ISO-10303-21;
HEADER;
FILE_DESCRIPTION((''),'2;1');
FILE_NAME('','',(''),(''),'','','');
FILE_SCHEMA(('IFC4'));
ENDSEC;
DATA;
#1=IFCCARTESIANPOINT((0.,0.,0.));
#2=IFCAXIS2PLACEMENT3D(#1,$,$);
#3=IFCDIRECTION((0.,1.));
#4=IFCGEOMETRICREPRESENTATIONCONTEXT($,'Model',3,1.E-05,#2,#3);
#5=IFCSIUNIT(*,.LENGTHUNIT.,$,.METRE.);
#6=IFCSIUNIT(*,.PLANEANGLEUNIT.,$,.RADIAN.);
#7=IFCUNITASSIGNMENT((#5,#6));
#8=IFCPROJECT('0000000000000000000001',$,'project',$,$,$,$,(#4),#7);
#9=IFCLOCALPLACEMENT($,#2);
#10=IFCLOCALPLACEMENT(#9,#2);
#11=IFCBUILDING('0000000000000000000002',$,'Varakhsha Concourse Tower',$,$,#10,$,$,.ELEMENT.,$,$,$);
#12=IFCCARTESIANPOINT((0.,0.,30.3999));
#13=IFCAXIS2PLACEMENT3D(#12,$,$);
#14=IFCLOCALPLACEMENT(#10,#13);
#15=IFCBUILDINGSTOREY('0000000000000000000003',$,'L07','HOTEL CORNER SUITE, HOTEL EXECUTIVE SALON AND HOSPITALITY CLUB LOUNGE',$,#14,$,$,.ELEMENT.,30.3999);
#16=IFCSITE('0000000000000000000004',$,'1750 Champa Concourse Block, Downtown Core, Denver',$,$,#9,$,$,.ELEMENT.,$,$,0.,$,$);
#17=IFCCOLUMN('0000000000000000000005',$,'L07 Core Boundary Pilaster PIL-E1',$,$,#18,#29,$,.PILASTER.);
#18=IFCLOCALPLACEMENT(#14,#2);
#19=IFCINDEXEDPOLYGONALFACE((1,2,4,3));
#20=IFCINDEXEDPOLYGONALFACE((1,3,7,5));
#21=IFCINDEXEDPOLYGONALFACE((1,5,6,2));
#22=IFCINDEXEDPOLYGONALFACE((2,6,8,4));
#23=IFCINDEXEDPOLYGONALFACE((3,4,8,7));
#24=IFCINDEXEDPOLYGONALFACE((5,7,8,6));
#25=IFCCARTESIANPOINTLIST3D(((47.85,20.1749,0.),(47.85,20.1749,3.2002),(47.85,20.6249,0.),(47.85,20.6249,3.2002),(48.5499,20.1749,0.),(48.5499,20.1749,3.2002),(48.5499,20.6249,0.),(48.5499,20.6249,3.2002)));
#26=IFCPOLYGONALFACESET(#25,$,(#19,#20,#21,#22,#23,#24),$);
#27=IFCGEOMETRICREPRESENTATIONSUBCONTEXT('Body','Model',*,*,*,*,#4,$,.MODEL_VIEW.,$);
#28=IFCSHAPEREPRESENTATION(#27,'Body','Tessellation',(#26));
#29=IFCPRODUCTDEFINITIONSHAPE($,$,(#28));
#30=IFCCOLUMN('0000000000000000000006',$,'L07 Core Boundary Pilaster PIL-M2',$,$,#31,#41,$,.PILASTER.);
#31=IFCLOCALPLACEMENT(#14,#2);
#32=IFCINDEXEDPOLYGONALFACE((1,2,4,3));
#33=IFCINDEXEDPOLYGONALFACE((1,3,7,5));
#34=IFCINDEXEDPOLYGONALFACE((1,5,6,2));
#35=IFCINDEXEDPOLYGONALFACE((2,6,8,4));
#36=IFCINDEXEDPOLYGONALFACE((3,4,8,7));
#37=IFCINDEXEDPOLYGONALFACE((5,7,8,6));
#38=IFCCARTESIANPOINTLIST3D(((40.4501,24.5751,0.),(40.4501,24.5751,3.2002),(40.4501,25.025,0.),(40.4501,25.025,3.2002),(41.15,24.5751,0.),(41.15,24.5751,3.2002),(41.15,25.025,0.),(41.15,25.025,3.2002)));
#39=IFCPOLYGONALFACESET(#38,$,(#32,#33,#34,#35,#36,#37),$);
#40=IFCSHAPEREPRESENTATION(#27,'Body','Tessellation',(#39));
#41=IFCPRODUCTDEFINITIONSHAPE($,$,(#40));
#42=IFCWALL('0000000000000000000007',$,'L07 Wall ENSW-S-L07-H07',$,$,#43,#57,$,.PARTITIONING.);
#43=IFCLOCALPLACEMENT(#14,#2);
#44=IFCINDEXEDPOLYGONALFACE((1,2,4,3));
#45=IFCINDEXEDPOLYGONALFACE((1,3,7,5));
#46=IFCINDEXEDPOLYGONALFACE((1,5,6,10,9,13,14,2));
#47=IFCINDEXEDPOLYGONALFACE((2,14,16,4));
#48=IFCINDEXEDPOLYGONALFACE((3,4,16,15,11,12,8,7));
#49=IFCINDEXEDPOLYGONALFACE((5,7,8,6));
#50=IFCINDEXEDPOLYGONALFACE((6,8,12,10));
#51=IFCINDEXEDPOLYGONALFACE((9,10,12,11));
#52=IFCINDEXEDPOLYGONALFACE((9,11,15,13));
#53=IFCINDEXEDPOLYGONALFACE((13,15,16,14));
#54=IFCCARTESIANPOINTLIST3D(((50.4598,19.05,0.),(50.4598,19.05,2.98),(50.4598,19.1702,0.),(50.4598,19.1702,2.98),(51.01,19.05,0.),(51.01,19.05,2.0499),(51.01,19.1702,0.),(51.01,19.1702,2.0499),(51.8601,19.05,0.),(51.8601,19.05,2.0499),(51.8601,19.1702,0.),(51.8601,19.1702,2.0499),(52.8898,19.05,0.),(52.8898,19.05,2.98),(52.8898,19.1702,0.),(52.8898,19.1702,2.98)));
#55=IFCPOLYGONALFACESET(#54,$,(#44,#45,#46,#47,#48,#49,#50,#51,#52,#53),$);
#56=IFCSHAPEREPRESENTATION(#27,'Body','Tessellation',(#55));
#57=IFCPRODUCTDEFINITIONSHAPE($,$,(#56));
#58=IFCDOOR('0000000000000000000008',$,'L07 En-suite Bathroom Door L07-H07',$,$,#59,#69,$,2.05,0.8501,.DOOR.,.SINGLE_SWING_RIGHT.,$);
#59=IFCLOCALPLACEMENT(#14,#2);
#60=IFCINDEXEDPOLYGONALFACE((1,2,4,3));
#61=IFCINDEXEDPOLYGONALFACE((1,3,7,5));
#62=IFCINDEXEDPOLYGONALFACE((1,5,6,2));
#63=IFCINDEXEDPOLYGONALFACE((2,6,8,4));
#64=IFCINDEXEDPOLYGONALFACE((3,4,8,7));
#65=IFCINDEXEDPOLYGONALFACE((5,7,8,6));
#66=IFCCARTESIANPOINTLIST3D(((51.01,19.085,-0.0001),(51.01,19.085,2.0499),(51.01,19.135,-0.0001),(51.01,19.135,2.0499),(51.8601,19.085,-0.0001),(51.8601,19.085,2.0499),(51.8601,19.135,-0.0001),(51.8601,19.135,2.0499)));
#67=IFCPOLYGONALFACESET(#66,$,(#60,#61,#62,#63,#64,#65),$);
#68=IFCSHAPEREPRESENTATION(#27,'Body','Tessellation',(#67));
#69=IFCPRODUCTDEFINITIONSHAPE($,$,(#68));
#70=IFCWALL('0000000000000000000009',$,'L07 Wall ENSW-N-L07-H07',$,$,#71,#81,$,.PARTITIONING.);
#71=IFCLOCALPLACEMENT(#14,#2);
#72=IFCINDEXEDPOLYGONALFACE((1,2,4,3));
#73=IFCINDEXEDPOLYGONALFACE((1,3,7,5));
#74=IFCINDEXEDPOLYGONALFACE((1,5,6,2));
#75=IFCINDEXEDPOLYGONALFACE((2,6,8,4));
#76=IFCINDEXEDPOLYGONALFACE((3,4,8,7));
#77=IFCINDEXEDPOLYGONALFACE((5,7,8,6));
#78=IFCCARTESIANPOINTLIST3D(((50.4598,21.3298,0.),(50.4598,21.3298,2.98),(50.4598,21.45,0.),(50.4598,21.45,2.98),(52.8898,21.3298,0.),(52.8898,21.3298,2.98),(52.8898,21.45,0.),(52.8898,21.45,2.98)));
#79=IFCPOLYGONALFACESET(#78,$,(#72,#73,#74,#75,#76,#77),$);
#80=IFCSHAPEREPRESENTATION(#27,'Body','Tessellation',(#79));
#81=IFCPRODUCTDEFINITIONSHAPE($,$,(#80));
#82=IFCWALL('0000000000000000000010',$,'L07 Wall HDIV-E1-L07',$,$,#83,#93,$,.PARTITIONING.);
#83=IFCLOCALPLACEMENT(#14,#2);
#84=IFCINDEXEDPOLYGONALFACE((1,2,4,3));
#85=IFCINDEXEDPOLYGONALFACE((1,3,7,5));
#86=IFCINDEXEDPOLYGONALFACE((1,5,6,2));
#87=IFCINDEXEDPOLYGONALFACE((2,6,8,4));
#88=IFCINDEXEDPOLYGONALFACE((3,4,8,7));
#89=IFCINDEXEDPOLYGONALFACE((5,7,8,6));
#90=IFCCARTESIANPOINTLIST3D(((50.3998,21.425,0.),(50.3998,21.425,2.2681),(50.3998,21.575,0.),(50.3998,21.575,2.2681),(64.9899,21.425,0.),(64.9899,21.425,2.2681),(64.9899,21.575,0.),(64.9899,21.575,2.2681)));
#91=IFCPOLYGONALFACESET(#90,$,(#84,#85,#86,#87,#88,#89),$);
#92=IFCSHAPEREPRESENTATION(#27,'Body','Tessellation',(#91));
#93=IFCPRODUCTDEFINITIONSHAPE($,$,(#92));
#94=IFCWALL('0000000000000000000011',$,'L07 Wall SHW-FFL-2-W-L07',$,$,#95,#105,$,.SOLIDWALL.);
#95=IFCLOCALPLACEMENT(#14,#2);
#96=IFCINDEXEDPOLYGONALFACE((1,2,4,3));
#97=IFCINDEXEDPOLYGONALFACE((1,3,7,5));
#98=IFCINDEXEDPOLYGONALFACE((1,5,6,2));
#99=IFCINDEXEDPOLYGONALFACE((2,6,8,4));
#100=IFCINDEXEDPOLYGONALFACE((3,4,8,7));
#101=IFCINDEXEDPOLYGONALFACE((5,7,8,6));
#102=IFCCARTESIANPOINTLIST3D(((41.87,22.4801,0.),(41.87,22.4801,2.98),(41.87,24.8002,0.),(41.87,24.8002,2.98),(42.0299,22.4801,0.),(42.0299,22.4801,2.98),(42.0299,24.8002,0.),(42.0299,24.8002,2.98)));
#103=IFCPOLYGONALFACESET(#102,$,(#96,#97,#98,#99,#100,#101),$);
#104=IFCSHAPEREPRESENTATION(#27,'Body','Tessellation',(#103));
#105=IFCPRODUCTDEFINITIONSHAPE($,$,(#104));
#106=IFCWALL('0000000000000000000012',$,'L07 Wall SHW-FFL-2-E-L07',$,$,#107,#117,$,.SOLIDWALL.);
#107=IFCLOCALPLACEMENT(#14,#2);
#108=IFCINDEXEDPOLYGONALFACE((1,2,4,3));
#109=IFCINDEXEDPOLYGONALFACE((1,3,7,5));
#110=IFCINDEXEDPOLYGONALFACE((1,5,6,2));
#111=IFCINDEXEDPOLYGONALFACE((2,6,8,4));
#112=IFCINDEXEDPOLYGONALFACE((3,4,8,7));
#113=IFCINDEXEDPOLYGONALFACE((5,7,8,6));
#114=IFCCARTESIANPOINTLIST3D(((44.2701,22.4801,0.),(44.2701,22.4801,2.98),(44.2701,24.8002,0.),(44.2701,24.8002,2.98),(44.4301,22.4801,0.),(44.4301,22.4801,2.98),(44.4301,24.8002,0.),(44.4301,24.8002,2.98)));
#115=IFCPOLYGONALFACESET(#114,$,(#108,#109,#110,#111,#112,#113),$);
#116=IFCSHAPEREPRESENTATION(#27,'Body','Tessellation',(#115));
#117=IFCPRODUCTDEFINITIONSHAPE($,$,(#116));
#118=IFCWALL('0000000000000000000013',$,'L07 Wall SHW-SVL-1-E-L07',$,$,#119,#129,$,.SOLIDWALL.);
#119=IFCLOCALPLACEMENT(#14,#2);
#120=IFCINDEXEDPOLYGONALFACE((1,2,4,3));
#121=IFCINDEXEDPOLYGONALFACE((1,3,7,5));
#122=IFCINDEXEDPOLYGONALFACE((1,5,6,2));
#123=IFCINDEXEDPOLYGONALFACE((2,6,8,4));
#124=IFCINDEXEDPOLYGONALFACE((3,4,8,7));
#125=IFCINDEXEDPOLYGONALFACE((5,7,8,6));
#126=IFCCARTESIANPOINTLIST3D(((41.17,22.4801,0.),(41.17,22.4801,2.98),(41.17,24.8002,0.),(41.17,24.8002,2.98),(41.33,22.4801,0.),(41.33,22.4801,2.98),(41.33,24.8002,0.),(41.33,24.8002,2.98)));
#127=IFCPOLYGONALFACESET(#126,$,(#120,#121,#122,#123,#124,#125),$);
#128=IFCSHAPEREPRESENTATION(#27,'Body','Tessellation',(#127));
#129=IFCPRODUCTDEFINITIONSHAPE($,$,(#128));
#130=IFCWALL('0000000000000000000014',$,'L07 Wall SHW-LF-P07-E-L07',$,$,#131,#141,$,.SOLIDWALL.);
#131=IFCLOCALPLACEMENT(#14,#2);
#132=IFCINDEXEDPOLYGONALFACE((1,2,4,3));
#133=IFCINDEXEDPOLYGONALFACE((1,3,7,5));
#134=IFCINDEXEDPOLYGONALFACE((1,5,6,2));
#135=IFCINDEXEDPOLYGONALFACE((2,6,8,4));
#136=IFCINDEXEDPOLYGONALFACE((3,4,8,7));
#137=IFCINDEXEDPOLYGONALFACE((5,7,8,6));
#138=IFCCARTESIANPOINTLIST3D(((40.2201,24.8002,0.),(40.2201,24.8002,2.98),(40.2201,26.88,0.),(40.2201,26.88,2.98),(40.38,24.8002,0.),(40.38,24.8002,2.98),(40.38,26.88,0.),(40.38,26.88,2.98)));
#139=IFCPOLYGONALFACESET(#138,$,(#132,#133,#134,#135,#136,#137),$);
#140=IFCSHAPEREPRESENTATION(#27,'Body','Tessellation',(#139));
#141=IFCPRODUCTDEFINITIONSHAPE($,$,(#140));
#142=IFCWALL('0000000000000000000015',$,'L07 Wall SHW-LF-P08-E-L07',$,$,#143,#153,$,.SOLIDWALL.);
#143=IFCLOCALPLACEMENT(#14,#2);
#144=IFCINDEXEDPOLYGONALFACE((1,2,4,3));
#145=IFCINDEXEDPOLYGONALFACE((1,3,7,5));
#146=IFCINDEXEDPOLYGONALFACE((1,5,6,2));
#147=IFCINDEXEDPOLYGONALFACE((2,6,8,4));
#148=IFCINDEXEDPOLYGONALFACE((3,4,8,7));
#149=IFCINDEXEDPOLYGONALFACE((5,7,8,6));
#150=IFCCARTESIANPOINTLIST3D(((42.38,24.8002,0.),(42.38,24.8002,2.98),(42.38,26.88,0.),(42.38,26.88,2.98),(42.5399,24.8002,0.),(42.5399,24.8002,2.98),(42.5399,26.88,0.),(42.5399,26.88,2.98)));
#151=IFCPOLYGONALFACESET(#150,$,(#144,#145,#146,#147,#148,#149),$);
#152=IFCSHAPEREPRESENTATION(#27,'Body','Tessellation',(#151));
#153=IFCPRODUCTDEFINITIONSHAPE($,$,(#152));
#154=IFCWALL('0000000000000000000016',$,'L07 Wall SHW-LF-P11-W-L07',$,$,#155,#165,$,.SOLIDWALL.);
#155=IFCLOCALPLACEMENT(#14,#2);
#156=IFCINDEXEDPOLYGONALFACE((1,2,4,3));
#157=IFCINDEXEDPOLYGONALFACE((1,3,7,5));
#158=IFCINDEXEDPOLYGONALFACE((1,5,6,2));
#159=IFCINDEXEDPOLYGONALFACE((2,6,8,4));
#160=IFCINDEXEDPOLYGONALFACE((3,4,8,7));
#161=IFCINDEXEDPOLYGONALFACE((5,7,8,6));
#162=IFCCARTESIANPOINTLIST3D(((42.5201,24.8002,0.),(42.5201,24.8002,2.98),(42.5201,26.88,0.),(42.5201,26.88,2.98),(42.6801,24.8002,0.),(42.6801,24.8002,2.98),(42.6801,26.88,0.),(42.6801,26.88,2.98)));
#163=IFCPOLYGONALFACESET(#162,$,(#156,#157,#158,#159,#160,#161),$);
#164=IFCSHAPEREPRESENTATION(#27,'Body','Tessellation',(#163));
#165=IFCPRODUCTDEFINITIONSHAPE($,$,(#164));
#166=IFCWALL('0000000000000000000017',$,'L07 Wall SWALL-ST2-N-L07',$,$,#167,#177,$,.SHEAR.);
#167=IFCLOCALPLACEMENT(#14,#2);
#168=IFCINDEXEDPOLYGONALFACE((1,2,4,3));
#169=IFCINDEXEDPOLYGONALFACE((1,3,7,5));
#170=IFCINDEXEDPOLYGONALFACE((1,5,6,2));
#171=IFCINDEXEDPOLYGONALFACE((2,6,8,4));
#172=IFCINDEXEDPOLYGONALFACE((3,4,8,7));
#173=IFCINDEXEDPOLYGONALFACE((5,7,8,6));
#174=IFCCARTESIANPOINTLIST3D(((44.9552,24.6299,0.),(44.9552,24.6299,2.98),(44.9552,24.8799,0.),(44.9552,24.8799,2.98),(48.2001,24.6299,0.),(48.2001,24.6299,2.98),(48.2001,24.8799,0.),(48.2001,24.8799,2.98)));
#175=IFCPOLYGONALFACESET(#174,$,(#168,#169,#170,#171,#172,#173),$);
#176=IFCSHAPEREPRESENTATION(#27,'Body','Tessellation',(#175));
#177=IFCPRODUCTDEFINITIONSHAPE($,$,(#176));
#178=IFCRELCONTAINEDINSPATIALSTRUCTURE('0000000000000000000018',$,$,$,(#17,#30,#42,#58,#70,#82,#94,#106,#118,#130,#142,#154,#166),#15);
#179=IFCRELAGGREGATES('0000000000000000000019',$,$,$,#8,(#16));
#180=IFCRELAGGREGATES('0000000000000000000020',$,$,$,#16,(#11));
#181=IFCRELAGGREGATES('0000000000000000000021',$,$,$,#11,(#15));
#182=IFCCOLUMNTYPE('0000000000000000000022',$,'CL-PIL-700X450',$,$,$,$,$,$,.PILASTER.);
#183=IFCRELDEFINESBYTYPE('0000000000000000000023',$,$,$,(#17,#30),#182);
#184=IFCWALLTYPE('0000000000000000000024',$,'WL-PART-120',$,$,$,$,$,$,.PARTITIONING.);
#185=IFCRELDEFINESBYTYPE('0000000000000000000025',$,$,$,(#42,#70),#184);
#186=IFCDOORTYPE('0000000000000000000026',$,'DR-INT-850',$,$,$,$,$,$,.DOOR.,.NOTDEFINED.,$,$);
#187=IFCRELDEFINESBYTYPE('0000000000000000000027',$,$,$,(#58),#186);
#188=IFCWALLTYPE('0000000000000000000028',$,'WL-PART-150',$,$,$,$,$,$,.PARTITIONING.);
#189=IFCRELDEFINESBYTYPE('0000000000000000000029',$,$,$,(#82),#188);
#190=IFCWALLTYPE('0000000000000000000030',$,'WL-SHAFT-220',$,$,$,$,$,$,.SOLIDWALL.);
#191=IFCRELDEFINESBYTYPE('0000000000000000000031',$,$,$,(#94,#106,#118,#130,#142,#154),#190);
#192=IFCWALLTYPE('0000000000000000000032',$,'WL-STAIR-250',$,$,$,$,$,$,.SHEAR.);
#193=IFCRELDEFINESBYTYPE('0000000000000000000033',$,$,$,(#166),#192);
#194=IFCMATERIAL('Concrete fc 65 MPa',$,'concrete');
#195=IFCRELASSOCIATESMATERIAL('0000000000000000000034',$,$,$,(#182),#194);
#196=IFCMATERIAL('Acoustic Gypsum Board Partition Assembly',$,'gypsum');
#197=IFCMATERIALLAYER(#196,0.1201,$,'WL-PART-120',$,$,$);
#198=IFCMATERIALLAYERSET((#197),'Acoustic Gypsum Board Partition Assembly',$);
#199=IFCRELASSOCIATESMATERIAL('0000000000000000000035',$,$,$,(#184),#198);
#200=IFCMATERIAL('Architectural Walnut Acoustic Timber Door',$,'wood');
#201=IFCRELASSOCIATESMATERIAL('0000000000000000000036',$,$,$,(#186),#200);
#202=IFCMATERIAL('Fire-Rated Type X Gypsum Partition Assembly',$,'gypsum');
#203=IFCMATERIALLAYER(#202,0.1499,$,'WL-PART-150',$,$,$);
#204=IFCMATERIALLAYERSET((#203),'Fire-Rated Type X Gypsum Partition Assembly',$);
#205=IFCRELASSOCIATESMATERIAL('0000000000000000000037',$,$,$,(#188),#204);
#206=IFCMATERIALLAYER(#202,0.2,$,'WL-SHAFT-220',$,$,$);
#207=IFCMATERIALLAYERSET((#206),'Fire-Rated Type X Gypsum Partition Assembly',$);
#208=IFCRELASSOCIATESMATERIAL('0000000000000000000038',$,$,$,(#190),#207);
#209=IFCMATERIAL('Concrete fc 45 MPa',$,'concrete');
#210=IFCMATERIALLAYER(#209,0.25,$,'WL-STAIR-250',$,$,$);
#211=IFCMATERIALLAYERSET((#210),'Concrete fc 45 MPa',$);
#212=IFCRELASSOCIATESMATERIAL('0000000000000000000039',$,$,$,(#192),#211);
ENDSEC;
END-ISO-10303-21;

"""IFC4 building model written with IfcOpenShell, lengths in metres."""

from ifc_helpers import new_model, si_unit, direction, frame, frame_2d, origin, origin_2d, place, context, subcontext, project, spatial, rectangle, extrude, material, layer, layer_set, material_profile, profile_set, type_object, element, fill, save


model = new_model("IFC4")

# Units and contexts
model_context = context("Model", 3, precision=1e-05, world=origin(), true_north=direction((0.0, 1.0)))
body_context = subcontext(model_context, "Body", "Model", "MODEL_VIEW")
ifc_project = project(units=[si_unit("LENGTHUNIT", "METRE"), si_unit("PLANEANGLEUNIT", "RADIAN")], contexts=[model_context])

# Site, building, storey
site_placement = place(None, origin())
site = spatial("IfcSite", under=ifc_project, at=site_placement, Name="1750 Champa Concourse Block, Downtown Core, Denver", CompositionType="ELEMENT", RefElevation=0.0)
building_placement = place(site_placement, origin())
building = spatial("IfcBuilding", under=site, at=building_placement, Name="Varakhsha Concourse Tower", CompositionType="ELEMENT")
storey_placement = place(building_placement, frame((0.0, 0.0, 30.3999)))
storey = spatial("IfcBuildingStorey", under=building, at=storey_placement, Name="L07", Description="HOTEL CORNER SUITE, HOTEL EXECUTIVE SALON AND HOSPITALITY CLUB LOUNGE", CompositionType="ELEMENT", Elevation=30.3999)

# Columns
ifc_material_1 = material(Name="Concrete fc 65 MPa", Category="concrete")
ifc_material_profile = material_profile(ifc_material_1, rectangle(XDim=0.7, YDim=0.45, at=origin_2d()), Name="RC 700x450")
ifc_profile_set = profile_set([ifc_material_profile], Name="Concrete fc 65 MPa")
column_type = type_object("IfcColumnType", Name="CL-PIL-700X450", PredefinedType="PILASTER", material=ifc_profile_set)
for number, where, z_axis, x_axis, name in (
    (1, (48.2, 20.3999, 0.0), (0.0, 0.0, 1.0), (1.0, 0.0, 0.0), "L07 Core Boundary Pilaster PIL-E1"),
    (2, (40.8, 24.8, 0.0), (0.0, 0.0, 1.0), (1.0, 0.0, 0.0), "L07 Core Boundary Pilaster PIL-M2"),
):
    element("IfcColumn", number, at=place(storey_placement, frame(where, z_axis=z_axis, x_axis=x_axis)), inside=storey, type_object=column_type, Name=name, PredefinedType="PILASTER", context=body_context, shape_type="SweptSolid", body=[
        extrude(rectangle(XDim=0.7, YDim=0.45, at=origin_2d()), origin(), (0.0, 0.0, 1.0), 3.2002),
    ])

# Wall, opening, door
ifc_material_2 = material(Name="Acoustic Gypsum Board Partition Assembly", Category="gypsum")
ifc_layer_1 = layer(ifc_material_2, 0.1201, Name="WL-PART-120")
ifc_layer_set_1 = layer_set([ifc_layer_1], Name="Acoustic Gypsum Board Partition Assembly")
wall_type_1 = type_object("IfcWallType", Name="WL-PART-120", PredefinedType="PARTITIONING", material=ifc_layer_set_1)
wall_1_placement = place(storey_placement, frame((50.46, 19.1101, 0.0), z_axis=(0.0, 0.0, 1.0), x_axis=(1.0, 0.0, 0.0)))
wall_1 = element("IfcWall", 3, at=wall_1_placement, inside=storey, type_object=wall_type_1, Name="L07 Wall ENSW-S-L07-H07", PredefinedType="PARTITIONING", context=body_context, shape_type="SweptSolid", body=[
    extrude(rectangle(XDim=2.4299, YDim=0.1201, at=frame_2d((1.2148, 0.0))), origin(), (0.0, 0.0, 1.0), 2.98),
])
opening_placement = place(wall_1_placement, frame((0.55, 0.0, 0.0)))
opening = element("IfcOpeningElement", 4, at=opening_placement, cuts=wall_1, PredefinedType="OPENING", context=body_context, shape_type="SweptSolid", body=[
    extrude(rectangle(XDim=0.8501, YDim=2.05, at=frame_2d((0.425, 1.0249))), frame((0.0, 0.0701, 0.0), z_axis=(0.0, -1.0, 0.0), x_axis=(1.0, 0.0, 0.0)), (0.0, 0.0, 1.0), 0.1401),
])
ifc_material_3 = material(Name="Architectural Walnut Acoustic Timber Door", Category="wood")
door_type = type_object("IfcDoorType", Name="DR-INT-850", OperationType="NOTDEFINED", PredefinedType="DOOR", material=ifc_material_3)
door_placement = place(opening_placement, origin())
door = element("IfcDoor", 5, at=door_placement, inside=storey, type_object=door_type, Name="L07 En-suite Bathroom Door L07-H07", OperationType="SINGLE_SWING_RIGHT", OverallHeight=2.05, OverallWidth=0.8501, PredefinedType="DOOR", context=body_context, shape_type="SweptSolid", body=[
    extrude(rectangle(XDim=0.8501, YDim=2.05, at=frame_2d((0.425, 1.0249))), frame((0.0, 0.0249, 0.0), z_axis=(0.0, -1.0, 0.0), x_axis=(1.0, 0.0, 0.0)), (0.0, 0.0, 1.0), 0.05),
])
fill(opening, door)

# Walls
wall_2_placement = place(storey_placement, frame((50.46, 21.3899, 0.0), z_axis=(0.0, 0.0, 1.0), x_axis=(1.0, 0.0, 0.0)))
element("IfcWall", 6, at=wall_2_placement, inside=storey, type_object=wall_type_1, Name="L07 Wall ENSW-N-L07-H07", PredefinedType="PARTITIONING", context=body_context, shape_type="SweptSolid", body=[
    extrude(rectangle(XDim=2.4299, YDim=0.1201, at=frame_2d((1.2148, 0.0))), origin(), (0.0, 0.0, 1.0), 2.98),
])
ifc_material_4 = material(Name="Fire-Rated Type X Gypsum Partition Assembly", Category="gypsum")
ifc_layer_2 = layer(ifc_material_4, 0.1499, Name="WL-PART-150")
ifc_layer_set_2 = layer_set([ifc_layer_2], Name="Fire-Rated Type X Gypsum Partition Assembly")
wall_type_2 = type_object("IfcWallType", Name="WL-PART-150", PredefinedType="PARTITIONING", material=ifc_layer_set_2)
wall_3_placement = place(storey_placement, frame((50.3999, 21.5, 0.0), z_axis=(0.0, 0.0, 1.0), x_axis=(1.0, 0.0, 0.0)))
element("IfcWall", 7, at=wall_3_placement, inside=storey, type_object=wall_type_2, Name="L07 Wall HDIV-E1-L07", PredefinedType="PARTITIONING", context=body_context, shape_type="SweptSolid", body=[
    extrude(rectangle(XDim=14.5901, YDim=0.1499, at=frame_2d((7.2949, 0.0))), origin(), (0.0, 0.0, 1.0), 2.2681),
])
ifc_layer_3 = layer(ifc_material_4, 0.2, Name="WL-SHAFT-220")
ifc_layer_set_3 = layer_set([ifc_layer_3], Name="Fire-Rated Type X Gypsum Partition Assembly")
wall_type_3 = type_object("IfcWallType", Name="WL-SHAFT-220", PredefinedType="SOLIDWALL", material=ifc_layer_set_3)
for number, where, z_axis, x_axis, name in (
    (8, (41.95, 22.48, 0.0), (0.0, 0.0, 1.0), (0.0, 1.0, 0.0), "L07 Wall SHW-FFL-2-W-L07"),
    (9, (44.3501, 22.48, 0.0), (0.0, 0.0, 1.0), (0.0, 1.0, 0.0), "L07 Wall SHW-FFL-2-E-L07"),
    (10, (41.25, 22.48, 0.0), (0.0, 0.0, 1.0), (0.0, 1.0, 0.0), "L07 Wall SHW-SVL-1-E-L07"),
):
    element("IfcWall", number, at=place(storey_placement, frame(where, z_axis=z_axis, x_axis=x_axis)), inside=storey, type_object=wall_type_3, Name=name, PredefinedType="SOLIDWALL", context=body_context, shape_type="SweptSolid", body=[
        extrude(rectangle(XDim=2.3201, YDim=0.1599, at=frame_2d((1.1602, 0.0))), origin(), (0.0, 0.0, 1.0), 2.98),
    ])
for number, where, z_axis, x_axis, name in (
    (11, (40.3, 24.8, 0.0), (0.0, 0.0, 1.0), (0.0, 1.0, 0.0), "L07 Wall SHW-LF-P07-E-L07"),
    (12, (42.46, 24.8, 0.0), (0.0, 0.0, 1.0), (0.0, 1.0, 0.0), "L07 Wall SHW-LF-P08-E-L07"),
    (13, (42.6001, 24.8, 0.0), (0.0, 0.0, 1.0), (0.0, 1.0, 0.0), "L07 Wall SHW-LF-P11-W-L07"),
):
    element("IfcWall", number, at=place(storey_placement, frame(where, z_axis=z_axis, x_axis=x_axis)), inside=storey, type_object=wall_type_3, Name=name, PredefinedType="SOLIDWALL", context=body_context, shape_type="SweptSolid", body=[
        extrude(rectangle(XDim=2.0798, YDim=0.1599, at=frame_2d((1.04, 0.0))), origin(), (0.0, 0.0, 1.0), 2.98),
    ])
ifc_material_5 = material(Name="Concrete fc 45 MPa", Category="concrete")
ifc_layer_4 = layer(ifc_material_5, 0.25, Name="WL-STAIR-250")
ifc_layer_set_4 = layer_set([ifc_layer_4], Name="Concrete fc 45 MPa")
wall_type_4 = type_object("IfcWallType", Name="WL-STAIR-250", PredefinedType="SHEAR", material=ifc_layer_set_4)
wall_4_placement = place(storey_placement, frame((44.9551, 24.7549, 0.0), z_axis=(0.0, 0.0, 1.0), x_axis=(1.0, 0.0, 0.0)))
element("IfcWall", 14, at=wall_4_placement, inside=storey, type_object=wall_type_4, Name="L07 Wall SWALL-ST2-N-L07", PredefinedType="SHEAR", context=body_context, shape_type="SweptSolid", body=[
    extrude(rectangle(XDim=3.2449, YDim=0.25, at=frame_2d((1.6226, 0.0))), origin(), (0.0, 0.0, 1.0), 2.98),
])

save(model, "model.ifc")
